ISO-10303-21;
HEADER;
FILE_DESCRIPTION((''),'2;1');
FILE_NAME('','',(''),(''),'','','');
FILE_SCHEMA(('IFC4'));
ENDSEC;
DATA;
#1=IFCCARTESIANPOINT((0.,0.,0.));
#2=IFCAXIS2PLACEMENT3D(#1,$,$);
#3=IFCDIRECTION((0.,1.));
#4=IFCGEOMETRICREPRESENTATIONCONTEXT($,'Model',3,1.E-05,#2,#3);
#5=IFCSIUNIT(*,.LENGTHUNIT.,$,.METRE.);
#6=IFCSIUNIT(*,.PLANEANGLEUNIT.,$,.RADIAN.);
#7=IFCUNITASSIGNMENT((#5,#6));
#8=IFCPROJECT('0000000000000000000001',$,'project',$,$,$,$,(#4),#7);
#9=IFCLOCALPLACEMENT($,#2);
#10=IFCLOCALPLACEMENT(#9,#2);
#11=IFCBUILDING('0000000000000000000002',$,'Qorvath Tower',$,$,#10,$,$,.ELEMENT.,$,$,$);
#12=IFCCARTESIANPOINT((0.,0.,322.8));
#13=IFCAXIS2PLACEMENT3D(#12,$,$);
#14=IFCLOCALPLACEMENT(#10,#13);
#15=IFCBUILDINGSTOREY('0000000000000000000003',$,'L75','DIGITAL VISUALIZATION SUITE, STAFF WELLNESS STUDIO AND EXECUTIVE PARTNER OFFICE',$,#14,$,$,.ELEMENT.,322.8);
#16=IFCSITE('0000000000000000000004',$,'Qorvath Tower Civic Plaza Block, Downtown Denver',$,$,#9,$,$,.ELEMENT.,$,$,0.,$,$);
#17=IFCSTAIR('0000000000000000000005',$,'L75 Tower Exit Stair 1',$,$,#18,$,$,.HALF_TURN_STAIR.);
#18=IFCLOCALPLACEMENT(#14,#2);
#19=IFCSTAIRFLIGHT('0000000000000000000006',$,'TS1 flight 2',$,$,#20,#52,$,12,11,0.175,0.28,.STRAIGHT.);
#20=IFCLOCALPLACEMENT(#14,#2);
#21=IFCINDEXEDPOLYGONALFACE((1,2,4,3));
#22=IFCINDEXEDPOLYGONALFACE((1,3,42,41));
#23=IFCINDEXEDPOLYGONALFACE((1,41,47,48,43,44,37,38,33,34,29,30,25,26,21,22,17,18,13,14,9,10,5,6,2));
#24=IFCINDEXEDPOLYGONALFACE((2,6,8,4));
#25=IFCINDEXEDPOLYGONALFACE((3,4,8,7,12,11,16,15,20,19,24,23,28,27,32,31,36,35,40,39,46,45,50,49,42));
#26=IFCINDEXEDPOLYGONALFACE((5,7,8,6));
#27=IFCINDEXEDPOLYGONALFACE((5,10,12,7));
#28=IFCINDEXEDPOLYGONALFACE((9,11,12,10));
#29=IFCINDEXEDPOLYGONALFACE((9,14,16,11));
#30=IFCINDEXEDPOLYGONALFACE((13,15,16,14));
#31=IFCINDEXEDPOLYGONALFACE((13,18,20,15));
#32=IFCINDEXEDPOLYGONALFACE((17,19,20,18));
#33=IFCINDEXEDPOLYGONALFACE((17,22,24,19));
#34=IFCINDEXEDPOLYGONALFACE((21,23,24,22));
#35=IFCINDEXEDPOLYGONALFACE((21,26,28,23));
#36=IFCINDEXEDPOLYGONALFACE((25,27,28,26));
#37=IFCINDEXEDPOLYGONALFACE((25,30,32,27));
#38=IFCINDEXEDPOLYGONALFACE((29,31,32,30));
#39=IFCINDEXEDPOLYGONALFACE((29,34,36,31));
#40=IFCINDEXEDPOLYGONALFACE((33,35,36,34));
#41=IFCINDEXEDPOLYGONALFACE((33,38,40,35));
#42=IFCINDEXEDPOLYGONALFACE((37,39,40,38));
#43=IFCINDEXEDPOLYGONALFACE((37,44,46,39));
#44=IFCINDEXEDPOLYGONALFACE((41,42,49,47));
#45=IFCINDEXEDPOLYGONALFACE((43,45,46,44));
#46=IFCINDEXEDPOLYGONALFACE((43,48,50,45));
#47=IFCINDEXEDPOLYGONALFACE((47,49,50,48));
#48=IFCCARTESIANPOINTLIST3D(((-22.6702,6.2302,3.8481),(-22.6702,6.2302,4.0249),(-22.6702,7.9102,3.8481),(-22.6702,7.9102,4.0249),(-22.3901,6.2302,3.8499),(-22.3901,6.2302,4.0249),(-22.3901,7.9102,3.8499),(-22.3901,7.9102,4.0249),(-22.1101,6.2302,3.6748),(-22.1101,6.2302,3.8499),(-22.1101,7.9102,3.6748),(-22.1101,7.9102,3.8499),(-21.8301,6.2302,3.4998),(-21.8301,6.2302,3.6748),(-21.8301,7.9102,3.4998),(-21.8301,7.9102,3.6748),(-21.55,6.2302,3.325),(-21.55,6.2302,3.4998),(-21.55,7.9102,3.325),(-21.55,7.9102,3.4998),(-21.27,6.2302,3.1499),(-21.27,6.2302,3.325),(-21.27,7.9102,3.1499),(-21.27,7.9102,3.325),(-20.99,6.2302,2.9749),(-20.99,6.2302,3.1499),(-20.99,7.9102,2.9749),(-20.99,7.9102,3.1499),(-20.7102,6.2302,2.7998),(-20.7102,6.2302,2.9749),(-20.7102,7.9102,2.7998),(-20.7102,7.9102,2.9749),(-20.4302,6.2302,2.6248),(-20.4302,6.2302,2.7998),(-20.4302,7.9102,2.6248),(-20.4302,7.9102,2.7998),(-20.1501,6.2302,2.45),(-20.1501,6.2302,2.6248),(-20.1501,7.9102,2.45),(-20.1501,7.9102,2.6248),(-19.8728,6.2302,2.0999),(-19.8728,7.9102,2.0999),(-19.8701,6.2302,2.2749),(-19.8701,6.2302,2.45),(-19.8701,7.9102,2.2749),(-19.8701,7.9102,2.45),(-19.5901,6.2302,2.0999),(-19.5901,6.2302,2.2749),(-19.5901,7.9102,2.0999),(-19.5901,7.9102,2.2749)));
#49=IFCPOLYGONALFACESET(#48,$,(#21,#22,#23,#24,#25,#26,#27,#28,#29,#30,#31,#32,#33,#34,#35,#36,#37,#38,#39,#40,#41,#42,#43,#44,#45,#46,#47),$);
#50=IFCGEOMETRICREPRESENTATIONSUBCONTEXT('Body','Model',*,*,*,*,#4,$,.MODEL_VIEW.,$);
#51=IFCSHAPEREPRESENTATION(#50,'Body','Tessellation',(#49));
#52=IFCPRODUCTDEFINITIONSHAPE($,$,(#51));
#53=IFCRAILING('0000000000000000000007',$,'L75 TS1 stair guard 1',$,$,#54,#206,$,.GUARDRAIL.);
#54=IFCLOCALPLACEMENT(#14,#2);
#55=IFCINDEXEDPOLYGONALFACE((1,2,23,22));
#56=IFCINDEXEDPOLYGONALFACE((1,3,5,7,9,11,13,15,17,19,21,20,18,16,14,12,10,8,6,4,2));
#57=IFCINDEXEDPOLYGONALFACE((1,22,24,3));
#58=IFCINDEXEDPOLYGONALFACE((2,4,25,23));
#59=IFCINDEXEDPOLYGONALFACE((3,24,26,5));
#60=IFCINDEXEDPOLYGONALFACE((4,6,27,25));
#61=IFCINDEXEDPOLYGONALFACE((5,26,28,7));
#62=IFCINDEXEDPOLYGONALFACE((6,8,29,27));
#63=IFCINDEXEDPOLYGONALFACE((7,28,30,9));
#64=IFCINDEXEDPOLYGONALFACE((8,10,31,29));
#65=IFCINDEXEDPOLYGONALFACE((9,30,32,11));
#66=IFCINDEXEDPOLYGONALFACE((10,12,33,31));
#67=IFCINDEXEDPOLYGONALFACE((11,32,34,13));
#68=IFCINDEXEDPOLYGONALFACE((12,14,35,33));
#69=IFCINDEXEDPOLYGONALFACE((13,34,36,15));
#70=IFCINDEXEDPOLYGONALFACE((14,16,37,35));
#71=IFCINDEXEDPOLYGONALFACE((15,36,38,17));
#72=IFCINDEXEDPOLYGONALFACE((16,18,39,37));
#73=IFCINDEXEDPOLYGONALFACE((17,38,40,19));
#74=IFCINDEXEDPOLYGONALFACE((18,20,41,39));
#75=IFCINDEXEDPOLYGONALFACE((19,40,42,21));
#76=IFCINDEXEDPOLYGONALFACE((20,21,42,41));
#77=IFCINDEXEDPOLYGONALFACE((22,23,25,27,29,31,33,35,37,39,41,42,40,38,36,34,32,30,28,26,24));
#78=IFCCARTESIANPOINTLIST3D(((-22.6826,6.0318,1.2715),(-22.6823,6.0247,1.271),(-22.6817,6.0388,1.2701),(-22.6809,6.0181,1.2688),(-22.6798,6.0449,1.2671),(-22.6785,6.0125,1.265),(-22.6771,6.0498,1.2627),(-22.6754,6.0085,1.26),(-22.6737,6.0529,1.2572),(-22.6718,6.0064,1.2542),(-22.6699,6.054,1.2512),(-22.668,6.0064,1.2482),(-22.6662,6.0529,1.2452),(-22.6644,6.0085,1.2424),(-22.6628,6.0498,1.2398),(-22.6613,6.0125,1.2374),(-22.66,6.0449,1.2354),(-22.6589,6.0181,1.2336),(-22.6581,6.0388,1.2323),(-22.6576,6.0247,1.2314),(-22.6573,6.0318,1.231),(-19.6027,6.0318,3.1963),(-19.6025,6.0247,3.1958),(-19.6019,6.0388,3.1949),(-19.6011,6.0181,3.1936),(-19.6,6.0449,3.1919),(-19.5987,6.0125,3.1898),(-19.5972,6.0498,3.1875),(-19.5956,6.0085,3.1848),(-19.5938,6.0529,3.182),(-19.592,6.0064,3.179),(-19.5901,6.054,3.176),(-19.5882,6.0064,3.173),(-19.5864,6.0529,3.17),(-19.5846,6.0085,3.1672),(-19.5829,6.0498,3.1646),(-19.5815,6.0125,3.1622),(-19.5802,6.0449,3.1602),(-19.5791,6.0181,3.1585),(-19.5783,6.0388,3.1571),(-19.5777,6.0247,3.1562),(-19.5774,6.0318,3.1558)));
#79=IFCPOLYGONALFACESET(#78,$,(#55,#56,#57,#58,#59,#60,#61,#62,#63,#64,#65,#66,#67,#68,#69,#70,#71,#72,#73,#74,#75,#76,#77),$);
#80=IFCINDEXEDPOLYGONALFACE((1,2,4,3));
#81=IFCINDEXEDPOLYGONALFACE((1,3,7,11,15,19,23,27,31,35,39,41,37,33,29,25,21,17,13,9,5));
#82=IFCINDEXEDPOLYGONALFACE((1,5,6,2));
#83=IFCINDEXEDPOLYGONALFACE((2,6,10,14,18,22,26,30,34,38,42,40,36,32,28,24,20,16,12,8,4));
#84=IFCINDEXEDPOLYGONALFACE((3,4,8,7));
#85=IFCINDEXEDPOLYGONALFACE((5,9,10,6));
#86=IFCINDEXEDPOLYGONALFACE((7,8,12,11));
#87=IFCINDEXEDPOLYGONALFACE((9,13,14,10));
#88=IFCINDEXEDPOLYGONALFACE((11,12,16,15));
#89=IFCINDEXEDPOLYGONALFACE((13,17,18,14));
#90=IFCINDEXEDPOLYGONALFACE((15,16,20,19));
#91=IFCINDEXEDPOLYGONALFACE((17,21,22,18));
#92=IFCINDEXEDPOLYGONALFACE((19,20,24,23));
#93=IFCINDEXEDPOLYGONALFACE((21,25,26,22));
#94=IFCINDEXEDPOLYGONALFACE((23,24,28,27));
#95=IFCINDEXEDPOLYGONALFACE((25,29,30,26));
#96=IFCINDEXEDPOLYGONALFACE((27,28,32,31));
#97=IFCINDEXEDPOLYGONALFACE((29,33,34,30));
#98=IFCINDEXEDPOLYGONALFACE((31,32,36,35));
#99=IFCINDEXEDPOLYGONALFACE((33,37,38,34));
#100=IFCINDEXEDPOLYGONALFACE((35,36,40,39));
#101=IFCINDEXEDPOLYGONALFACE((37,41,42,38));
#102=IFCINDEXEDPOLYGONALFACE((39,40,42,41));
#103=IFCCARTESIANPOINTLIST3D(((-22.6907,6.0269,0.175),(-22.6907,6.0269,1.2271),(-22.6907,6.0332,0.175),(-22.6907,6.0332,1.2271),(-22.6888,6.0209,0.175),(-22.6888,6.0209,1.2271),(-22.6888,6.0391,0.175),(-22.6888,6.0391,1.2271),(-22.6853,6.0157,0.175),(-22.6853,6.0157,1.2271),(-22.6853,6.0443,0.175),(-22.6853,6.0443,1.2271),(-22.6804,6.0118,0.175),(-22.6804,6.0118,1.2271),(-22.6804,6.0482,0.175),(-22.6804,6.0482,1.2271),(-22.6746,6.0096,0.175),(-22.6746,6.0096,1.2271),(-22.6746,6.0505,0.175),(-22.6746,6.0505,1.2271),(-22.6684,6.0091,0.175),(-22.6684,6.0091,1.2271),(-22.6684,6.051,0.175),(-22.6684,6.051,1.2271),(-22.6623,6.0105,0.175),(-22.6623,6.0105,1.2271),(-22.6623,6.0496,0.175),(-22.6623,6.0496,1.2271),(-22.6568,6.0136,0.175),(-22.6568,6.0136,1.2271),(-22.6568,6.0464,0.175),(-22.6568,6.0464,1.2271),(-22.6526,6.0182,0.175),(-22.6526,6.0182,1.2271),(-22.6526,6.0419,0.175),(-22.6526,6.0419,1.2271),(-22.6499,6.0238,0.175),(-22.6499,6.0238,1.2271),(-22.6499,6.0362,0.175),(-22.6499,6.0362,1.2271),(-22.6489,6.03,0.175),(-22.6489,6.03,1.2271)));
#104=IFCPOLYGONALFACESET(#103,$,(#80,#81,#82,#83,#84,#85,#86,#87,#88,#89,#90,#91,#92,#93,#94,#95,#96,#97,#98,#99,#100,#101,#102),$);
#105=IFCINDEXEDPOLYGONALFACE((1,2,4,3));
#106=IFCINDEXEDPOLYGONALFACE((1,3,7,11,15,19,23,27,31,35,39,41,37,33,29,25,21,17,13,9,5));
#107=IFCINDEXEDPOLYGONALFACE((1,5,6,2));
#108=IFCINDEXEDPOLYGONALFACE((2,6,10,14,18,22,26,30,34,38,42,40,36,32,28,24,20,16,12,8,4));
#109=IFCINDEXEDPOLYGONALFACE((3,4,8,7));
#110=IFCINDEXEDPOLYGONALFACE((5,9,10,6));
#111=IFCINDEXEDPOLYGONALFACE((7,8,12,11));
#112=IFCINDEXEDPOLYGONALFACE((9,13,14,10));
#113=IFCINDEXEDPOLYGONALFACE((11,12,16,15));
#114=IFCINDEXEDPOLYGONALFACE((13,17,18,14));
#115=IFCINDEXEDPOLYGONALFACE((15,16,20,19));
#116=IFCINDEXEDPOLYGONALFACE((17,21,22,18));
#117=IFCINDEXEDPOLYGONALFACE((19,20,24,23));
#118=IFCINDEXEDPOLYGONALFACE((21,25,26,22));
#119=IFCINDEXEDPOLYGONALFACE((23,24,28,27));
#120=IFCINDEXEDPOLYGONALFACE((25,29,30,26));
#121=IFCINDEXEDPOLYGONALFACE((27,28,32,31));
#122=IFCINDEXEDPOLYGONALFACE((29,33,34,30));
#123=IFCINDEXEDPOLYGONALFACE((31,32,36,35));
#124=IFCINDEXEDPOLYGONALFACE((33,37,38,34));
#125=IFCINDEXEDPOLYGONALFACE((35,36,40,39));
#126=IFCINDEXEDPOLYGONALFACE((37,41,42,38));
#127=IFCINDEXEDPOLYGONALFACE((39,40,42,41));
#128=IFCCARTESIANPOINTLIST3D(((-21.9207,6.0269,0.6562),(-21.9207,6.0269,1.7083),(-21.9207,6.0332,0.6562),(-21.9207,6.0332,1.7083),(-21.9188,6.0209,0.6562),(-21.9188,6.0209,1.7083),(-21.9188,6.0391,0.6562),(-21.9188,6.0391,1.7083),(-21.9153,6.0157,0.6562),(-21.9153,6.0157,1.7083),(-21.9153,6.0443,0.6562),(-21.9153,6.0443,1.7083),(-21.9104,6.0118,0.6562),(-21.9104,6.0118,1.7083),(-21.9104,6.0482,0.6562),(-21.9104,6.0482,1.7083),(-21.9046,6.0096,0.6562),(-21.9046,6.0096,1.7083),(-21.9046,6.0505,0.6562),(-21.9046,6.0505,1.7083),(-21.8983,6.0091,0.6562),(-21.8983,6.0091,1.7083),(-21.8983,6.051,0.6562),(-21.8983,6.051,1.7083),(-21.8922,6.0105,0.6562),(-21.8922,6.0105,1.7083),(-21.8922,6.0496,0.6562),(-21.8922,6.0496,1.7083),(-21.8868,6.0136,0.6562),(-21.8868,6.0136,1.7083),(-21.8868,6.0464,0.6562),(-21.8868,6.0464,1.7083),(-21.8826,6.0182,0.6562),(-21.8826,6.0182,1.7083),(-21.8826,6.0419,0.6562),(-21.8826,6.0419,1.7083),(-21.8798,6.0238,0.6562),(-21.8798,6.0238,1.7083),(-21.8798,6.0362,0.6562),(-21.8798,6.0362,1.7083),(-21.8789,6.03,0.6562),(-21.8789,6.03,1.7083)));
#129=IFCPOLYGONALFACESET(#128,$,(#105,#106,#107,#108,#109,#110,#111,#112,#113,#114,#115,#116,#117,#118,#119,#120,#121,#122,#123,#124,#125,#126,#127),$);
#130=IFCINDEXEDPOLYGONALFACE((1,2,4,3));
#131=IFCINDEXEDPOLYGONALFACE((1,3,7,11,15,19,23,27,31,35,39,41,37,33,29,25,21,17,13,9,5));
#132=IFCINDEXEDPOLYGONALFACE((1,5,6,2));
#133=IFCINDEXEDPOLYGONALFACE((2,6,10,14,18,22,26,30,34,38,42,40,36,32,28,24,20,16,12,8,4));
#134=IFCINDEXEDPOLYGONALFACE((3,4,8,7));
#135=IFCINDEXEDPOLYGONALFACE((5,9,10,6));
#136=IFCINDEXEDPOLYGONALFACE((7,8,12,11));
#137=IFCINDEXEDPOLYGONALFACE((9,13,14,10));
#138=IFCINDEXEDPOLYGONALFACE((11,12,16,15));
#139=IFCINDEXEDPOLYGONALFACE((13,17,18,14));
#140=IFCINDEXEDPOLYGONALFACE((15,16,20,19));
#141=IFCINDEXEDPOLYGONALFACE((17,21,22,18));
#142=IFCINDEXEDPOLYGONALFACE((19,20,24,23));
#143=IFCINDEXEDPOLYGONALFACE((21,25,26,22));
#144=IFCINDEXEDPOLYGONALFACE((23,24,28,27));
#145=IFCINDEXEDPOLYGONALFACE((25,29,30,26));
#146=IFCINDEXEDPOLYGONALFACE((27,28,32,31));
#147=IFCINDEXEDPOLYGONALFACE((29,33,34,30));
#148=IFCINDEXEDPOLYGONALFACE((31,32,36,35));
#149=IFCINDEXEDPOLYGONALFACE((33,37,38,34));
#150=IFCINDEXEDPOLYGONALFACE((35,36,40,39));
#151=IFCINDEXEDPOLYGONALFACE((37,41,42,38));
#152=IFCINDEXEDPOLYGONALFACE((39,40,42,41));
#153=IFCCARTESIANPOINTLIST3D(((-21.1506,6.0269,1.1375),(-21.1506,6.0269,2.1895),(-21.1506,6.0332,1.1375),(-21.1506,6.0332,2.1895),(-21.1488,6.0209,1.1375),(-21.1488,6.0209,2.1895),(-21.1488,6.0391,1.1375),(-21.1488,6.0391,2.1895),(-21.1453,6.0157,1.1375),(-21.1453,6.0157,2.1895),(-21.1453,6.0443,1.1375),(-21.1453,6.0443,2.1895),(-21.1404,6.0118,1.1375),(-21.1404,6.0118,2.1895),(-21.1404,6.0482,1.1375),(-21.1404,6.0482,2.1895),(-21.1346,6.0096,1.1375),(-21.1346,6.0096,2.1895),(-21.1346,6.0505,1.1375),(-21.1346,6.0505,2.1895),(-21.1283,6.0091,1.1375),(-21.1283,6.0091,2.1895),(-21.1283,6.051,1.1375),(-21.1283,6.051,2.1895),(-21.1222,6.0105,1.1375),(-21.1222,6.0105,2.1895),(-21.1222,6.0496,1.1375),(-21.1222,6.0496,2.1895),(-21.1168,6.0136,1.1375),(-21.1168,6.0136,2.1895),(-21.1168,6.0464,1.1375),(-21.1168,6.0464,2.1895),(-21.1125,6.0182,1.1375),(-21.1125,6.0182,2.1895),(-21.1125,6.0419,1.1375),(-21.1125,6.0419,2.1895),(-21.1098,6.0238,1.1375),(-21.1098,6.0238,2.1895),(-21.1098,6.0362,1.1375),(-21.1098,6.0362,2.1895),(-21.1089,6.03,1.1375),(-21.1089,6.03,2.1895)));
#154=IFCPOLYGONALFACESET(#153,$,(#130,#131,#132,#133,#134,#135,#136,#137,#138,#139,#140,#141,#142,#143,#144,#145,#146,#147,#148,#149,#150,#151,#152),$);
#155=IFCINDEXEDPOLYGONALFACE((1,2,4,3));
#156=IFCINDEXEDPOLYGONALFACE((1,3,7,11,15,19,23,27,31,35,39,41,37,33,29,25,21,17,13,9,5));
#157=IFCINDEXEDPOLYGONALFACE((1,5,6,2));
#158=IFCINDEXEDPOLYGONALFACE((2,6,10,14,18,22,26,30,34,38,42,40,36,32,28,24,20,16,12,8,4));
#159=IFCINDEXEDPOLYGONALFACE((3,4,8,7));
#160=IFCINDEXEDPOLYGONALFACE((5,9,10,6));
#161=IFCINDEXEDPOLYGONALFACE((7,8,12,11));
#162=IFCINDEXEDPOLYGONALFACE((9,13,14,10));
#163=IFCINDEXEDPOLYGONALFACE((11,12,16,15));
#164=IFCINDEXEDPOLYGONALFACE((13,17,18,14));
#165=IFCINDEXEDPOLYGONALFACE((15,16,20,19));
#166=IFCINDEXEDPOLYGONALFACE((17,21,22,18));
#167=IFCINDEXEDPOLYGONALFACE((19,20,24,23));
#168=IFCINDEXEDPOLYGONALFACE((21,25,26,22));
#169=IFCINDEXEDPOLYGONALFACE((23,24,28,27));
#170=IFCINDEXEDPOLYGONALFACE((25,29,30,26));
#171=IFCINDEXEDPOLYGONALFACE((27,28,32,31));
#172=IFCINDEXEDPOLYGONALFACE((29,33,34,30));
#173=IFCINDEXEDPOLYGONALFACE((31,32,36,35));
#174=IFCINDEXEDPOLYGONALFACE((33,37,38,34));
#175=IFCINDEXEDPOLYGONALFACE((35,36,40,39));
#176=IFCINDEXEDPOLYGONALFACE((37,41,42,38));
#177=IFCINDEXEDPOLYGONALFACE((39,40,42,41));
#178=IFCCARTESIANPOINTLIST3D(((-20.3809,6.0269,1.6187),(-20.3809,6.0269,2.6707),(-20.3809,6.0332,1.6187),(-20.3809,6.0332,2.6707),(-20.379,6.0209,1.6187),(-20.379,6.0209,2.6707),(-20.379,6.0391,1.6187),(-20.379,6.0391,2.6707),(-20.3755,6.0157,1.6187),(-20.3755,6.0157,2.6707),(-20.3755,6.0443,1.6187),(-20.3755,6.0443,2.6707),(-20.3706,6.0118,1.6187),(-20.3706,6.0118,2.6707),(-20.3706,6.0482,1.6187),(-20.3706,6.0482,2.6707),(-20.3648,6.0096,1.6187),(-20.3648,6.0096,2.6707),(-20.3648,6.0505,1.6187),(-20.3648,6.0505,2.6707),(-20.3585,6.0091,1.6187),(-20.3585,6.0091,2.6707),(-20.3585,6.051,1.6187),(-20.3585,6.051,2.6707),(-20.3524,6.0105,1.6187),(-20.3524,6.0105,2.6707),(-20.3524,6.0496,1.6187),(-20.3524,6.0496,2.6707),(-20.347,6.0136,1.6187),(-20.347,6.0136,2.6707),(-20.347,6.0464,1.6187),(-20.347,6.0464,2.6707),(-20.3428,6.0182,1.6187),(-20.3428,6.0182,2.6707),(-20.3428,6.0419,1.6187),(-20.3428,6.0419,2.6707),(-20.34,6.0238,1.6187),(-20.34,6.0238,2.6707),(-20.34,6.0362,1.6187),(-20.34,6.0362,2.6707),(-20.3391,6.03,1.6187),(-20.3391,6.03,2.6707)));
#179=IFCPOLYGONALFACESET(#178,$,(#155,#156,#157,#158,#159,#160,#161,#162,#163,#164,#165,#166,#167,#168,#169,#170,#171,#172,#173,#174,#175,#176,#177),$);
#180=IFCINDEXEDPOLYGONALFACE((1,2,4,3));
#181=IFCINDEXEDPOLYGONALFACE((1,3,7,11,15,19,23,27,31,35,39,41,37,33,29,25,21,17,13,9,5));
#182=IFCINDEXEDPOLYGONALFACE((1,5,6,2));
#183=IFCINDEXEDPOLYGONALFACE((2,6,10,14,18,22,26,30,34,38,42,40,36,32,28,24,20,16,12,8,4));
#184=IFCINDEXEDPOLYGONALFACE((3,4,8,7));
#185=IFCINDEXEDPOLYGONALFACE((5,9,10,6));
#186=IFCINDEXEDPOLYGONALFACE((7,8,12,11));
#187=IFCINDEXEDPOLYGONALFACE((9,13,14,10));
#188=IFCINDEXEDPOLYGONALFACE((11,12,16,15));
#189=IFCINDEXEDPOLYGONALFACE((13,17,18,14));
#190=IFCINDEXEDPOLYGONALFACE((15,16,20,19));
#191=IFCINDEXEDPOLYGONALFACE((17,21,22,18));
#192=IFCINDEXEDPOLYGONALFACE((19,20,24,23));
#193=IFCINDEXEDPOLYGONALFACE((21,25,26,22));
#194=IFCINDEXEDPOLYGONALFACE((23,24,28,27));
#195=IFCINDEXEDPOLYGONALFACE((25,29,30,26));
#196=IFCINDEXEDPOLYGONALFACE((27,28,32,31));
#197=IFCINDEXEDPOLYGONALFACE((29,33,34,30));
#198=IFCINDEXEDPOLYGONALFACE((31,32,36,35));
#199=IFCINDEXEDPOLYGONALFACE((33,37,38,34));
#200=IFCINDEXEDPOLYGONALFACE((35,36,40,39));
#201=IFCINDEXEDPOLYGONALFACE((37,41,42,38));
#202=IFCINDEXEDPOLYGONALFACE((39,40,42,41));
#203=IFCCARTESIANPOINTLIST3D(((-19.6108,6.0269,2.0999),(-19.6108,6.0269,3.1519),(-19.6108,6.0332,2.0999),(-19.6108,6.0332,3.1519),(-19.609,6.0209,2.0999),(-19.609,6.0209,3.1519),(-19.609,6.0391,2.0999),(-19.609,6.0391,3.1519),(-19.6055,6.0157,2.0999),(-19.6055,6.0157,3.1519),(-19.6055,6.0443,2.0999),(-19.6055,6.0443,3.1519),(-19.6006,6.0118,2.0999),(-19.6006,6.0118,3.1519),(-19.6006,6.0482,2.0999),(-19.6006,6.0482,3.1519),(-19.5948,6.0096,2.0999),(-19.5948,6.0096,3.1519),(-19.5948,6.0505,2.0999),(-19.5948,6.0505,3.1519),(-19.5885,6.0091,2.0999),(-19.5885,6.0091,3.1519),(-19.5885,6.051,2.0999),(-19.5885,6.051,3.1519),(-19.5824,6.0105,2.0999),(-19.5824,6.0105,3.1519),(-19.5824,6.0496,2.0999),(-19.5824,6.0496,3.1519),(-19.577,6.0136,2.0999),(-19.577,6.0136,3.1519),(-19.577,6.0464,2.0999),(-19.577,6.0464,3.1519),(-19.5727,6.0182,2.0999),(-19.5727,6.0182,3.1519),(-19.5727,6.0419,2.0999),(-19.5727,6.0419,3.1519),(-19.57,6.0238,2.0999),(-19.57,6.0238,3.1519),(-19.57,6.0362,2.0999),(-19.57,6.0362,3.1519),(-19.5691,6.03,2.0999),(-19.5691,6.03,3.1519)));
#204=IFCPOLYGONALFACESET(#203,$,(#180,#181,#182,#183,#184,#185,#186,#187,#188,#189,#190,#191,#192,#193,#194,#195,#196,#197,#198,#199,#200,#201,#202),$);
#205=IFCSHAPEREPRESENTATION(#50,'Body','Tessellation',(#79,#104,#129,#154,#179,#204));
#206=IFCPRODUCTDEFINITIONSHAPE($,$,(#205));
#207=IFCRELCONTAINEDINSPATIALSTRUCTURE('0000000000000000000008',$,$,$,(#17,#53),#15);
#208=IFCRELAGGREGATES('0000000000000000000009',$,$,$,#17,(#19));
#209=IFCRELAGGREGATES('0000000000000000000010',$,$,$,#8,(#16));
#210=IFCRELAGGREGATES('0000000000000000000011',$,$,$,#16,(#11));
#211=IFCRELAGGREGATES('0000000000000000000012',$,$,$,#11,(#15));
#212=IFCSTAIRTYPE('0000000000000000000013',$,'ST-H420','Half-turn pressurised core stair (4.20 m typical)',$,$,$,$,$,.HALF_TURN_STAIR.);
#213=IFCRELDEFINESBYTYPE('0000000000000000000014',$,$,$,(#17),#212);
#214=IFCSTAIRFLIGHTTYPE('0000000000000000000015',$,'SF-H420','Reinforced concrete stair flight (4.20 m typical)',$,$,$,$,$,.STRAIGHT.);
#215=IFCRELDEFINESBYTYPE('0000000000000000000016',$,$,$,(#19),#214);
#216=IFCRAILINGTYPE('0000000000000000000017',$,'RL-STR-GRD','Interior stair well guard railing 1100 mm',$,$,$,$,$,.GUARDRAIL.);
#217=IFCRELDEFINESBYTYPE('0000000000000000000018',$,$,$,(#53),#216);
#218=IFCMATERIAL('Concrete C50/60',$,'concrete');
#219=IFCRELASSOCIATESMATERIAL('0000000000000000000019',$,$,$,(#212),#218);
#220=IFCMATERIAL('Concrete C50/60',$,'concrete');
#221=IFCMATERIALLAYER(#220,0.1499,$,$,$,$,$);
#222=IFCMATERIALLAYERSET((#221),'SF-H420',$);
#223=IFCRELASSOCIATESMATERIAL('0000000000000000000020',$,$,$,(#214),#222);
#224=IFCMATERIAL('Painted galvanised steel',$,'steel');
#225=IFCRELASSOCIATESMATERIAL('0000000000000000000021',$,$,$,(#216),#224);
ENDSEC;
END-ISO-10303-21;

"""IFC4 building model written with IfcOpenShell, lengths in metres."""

from ifc_helpers import new_model, si_unit, direction, frame, origin, origin_2d, place, context, subcontext, project, spatial, polyline, circle, outline, extrude, material, layer, layer_set, type_object, element, aggregate, save


model = new_model("IFC4")

# Units and contexts
model_context = context("Model", 3, precision=1e-05, world=origin(), true_north=direction((0.0, 1.0)))
body_context = subcontext(model_context, "Body", "Model", "MODEL_VIEW")
ifc_project = project(units=[si_unit("LENGTHUNIT", "METRE"), si_unit("PLANEANGLEUNIT", "RADIAN")], contexts=[model_context])

# Site, building, storey
site_placement = place(None, origin())
site = spatial("IfcSite", under=ifc_project, at=site_placement, Name="Qorvath Tower Civic Plaza Block, Downtown Denver", CompositionType="ELEMENT", RefElevation=0.0)
building_placement = place(site_placement, origin())
building = spatial("IfcBuilding", under=site, at=building_placement, Name="Qorvath Tower", CompositionType="ELEMENT")
storey_placement = place(building_placement, frame((0.0, 0.0, 322.8)))
storey = spatial("IfcBuildingStorey", under=building, at=storey_placement, Name="L75", Description="DIGITAL VISUALIZATION SUITE, STAFF WELLNESS STUDIO AND EXECUTIVE PARTNER OFFICE", CompositionType="ELEMENT", Elevation=322.8)

# Stair, stair flight
ifc_material_1 = material(Name="Concrete C50/60", Category="concrete")
stair_type = type_object("IfcStairType", Name="ST-H420", Description="Half-turn pressurised core stair (4.20 m typical)", PredefinedType="HALF_TURN_STAIR", material=ifc_material_1)
stair_placement = place(storey_placement, origin())
stair = element("IfcStair", 1, at=stair_placement, inside=storey, type_object=stair_type, Name="L75 Tower Exit Stair 1", PredefinedType="HALF_TURN_STAIR")
ifc_material_2 = material(Name="Concrete C50/60", Category="concrete")
ifc_layer_1 = layer(ifc_material_2, 0.1499)
ifc_layer_set_1 = layer_set([ifc_layer_1], Name="SF-H420")
stair_flight_type = type_object("IfcStairFlightType", Name="SF-H420", Description="Reinforced concrete stair flight (4.20 m typical)", PredefinedType="STRAIGHT", material=ifc_layer_set_1)
stair_flight_1_placement = place(storey_placement, frame((-19.5901, 7.0701, 2.0999), z_axis=(0.0, 0.0, 1.0), x_axis=(-1.0, 0.0, 0.0)))
stair_flight_1 = element("IfcStairFlight", 2, at=stair_flight_1_placement, type_object=stair_flight_type, Name="TS1 flight 2", NumberOfRisers=12, NumberOfTreads=11, PredefinedType="STRAIGHT", RiserHeight=0.175, TreadLength=0.28, context=body_context, shape_type="SweptSolid", body=[
    extrude(outline(polyline([(0.0, 0.0), (0.0, 0.175), (0.28, 0.175), (0.28, 0.3501), (0.5601, 0.3501), (0.5601, 0.5249), (0.8401, 0.5249), (0.8401, 0.7), (1.1201, 0.7), (1.1201, 0.875), (1.3999, 0.875), (1.3999, 1.05), (1.6799, 1.05), (1.6799, 1.2251), (1.96, 1.2251), (1.96, 1.3999), (2.24, 1.3999), (2.24, 1.575), (2.52, 1.575), (2.52, 1.75), (2.8, 1.75), (2.8, 1.925), (3.0801, 1.925), (3.0801, 2.1001), (3.0801, 1.7483), (0.2827, 0.0), (0.0, 0.0)])), frame((0.0, 0.8398, 0.0), z_axis=(0.0, -1.0, 0.0), x_axis=(1.0, 0.0, 0.0)), (0.0, 0.0, 1.0), 1.6799),
])
aggregate(stair, [stair_flight_1])

# Railing
ifc_material_3 = material(Name="Painted galvanised steel", Category="steel")
railing_type_1 = type_object("IfcRailingType", Name="RL-STR-GRD", Description="Interior stair well guard railing 1100 mm", PredefinedType="GUARDRAIL", material=ifc_material_3)
railing_1_placement = place(storey_placement, frame((-22.6699, 6.03, 0.175)))
element("IfcRailing", 3, at=railing_1_placement, inside=storey, type_object=railing_type_1, Name="L75 TS1 stair guard 1", PredefinedType="GUARDRAIL", context=body_context, shape_type="SweptSolid", body=[
    extrude(circle(Radius=0.0239, at=origin_2d()), frame((0.0, 0.0, 1.0762), z_axis=(0.84801, 0.0, 0.529981), x_axis=(0.0, 1.0, 0.0)), (0.0, 0.0, 1.0), 3.6318),
    extrude(circle(Radius=0.021, at=origin_2d()), origin(), (0.0, 0.0, 1.0), 1.052),
    extrude(circle(Radius=0.021, at=origin_2d()), frame((0.77, 0.0, 0.4812)), (0.0, 0.0, 1.0), 1.052),
    extrude(circle(Radius=0.021, at=origin_2d()), frame((1.54, 0.0, 0.9624)), (0.0, 0.0, 1.0), 1.052),
    extrude(circle(Radius=0.021, at=origin_2d()), frame((2.3098, 0.0, 1.4436)), (0.0, 0.0, 1.0), 1.052),
    extrude(circle(Radius=0.021, at=origin_2d()), frame((3.0798, 0.0, 1.9248)), (0.0, 0.0, 1.0), 1.052),
])

save(model, "model.ifc")
